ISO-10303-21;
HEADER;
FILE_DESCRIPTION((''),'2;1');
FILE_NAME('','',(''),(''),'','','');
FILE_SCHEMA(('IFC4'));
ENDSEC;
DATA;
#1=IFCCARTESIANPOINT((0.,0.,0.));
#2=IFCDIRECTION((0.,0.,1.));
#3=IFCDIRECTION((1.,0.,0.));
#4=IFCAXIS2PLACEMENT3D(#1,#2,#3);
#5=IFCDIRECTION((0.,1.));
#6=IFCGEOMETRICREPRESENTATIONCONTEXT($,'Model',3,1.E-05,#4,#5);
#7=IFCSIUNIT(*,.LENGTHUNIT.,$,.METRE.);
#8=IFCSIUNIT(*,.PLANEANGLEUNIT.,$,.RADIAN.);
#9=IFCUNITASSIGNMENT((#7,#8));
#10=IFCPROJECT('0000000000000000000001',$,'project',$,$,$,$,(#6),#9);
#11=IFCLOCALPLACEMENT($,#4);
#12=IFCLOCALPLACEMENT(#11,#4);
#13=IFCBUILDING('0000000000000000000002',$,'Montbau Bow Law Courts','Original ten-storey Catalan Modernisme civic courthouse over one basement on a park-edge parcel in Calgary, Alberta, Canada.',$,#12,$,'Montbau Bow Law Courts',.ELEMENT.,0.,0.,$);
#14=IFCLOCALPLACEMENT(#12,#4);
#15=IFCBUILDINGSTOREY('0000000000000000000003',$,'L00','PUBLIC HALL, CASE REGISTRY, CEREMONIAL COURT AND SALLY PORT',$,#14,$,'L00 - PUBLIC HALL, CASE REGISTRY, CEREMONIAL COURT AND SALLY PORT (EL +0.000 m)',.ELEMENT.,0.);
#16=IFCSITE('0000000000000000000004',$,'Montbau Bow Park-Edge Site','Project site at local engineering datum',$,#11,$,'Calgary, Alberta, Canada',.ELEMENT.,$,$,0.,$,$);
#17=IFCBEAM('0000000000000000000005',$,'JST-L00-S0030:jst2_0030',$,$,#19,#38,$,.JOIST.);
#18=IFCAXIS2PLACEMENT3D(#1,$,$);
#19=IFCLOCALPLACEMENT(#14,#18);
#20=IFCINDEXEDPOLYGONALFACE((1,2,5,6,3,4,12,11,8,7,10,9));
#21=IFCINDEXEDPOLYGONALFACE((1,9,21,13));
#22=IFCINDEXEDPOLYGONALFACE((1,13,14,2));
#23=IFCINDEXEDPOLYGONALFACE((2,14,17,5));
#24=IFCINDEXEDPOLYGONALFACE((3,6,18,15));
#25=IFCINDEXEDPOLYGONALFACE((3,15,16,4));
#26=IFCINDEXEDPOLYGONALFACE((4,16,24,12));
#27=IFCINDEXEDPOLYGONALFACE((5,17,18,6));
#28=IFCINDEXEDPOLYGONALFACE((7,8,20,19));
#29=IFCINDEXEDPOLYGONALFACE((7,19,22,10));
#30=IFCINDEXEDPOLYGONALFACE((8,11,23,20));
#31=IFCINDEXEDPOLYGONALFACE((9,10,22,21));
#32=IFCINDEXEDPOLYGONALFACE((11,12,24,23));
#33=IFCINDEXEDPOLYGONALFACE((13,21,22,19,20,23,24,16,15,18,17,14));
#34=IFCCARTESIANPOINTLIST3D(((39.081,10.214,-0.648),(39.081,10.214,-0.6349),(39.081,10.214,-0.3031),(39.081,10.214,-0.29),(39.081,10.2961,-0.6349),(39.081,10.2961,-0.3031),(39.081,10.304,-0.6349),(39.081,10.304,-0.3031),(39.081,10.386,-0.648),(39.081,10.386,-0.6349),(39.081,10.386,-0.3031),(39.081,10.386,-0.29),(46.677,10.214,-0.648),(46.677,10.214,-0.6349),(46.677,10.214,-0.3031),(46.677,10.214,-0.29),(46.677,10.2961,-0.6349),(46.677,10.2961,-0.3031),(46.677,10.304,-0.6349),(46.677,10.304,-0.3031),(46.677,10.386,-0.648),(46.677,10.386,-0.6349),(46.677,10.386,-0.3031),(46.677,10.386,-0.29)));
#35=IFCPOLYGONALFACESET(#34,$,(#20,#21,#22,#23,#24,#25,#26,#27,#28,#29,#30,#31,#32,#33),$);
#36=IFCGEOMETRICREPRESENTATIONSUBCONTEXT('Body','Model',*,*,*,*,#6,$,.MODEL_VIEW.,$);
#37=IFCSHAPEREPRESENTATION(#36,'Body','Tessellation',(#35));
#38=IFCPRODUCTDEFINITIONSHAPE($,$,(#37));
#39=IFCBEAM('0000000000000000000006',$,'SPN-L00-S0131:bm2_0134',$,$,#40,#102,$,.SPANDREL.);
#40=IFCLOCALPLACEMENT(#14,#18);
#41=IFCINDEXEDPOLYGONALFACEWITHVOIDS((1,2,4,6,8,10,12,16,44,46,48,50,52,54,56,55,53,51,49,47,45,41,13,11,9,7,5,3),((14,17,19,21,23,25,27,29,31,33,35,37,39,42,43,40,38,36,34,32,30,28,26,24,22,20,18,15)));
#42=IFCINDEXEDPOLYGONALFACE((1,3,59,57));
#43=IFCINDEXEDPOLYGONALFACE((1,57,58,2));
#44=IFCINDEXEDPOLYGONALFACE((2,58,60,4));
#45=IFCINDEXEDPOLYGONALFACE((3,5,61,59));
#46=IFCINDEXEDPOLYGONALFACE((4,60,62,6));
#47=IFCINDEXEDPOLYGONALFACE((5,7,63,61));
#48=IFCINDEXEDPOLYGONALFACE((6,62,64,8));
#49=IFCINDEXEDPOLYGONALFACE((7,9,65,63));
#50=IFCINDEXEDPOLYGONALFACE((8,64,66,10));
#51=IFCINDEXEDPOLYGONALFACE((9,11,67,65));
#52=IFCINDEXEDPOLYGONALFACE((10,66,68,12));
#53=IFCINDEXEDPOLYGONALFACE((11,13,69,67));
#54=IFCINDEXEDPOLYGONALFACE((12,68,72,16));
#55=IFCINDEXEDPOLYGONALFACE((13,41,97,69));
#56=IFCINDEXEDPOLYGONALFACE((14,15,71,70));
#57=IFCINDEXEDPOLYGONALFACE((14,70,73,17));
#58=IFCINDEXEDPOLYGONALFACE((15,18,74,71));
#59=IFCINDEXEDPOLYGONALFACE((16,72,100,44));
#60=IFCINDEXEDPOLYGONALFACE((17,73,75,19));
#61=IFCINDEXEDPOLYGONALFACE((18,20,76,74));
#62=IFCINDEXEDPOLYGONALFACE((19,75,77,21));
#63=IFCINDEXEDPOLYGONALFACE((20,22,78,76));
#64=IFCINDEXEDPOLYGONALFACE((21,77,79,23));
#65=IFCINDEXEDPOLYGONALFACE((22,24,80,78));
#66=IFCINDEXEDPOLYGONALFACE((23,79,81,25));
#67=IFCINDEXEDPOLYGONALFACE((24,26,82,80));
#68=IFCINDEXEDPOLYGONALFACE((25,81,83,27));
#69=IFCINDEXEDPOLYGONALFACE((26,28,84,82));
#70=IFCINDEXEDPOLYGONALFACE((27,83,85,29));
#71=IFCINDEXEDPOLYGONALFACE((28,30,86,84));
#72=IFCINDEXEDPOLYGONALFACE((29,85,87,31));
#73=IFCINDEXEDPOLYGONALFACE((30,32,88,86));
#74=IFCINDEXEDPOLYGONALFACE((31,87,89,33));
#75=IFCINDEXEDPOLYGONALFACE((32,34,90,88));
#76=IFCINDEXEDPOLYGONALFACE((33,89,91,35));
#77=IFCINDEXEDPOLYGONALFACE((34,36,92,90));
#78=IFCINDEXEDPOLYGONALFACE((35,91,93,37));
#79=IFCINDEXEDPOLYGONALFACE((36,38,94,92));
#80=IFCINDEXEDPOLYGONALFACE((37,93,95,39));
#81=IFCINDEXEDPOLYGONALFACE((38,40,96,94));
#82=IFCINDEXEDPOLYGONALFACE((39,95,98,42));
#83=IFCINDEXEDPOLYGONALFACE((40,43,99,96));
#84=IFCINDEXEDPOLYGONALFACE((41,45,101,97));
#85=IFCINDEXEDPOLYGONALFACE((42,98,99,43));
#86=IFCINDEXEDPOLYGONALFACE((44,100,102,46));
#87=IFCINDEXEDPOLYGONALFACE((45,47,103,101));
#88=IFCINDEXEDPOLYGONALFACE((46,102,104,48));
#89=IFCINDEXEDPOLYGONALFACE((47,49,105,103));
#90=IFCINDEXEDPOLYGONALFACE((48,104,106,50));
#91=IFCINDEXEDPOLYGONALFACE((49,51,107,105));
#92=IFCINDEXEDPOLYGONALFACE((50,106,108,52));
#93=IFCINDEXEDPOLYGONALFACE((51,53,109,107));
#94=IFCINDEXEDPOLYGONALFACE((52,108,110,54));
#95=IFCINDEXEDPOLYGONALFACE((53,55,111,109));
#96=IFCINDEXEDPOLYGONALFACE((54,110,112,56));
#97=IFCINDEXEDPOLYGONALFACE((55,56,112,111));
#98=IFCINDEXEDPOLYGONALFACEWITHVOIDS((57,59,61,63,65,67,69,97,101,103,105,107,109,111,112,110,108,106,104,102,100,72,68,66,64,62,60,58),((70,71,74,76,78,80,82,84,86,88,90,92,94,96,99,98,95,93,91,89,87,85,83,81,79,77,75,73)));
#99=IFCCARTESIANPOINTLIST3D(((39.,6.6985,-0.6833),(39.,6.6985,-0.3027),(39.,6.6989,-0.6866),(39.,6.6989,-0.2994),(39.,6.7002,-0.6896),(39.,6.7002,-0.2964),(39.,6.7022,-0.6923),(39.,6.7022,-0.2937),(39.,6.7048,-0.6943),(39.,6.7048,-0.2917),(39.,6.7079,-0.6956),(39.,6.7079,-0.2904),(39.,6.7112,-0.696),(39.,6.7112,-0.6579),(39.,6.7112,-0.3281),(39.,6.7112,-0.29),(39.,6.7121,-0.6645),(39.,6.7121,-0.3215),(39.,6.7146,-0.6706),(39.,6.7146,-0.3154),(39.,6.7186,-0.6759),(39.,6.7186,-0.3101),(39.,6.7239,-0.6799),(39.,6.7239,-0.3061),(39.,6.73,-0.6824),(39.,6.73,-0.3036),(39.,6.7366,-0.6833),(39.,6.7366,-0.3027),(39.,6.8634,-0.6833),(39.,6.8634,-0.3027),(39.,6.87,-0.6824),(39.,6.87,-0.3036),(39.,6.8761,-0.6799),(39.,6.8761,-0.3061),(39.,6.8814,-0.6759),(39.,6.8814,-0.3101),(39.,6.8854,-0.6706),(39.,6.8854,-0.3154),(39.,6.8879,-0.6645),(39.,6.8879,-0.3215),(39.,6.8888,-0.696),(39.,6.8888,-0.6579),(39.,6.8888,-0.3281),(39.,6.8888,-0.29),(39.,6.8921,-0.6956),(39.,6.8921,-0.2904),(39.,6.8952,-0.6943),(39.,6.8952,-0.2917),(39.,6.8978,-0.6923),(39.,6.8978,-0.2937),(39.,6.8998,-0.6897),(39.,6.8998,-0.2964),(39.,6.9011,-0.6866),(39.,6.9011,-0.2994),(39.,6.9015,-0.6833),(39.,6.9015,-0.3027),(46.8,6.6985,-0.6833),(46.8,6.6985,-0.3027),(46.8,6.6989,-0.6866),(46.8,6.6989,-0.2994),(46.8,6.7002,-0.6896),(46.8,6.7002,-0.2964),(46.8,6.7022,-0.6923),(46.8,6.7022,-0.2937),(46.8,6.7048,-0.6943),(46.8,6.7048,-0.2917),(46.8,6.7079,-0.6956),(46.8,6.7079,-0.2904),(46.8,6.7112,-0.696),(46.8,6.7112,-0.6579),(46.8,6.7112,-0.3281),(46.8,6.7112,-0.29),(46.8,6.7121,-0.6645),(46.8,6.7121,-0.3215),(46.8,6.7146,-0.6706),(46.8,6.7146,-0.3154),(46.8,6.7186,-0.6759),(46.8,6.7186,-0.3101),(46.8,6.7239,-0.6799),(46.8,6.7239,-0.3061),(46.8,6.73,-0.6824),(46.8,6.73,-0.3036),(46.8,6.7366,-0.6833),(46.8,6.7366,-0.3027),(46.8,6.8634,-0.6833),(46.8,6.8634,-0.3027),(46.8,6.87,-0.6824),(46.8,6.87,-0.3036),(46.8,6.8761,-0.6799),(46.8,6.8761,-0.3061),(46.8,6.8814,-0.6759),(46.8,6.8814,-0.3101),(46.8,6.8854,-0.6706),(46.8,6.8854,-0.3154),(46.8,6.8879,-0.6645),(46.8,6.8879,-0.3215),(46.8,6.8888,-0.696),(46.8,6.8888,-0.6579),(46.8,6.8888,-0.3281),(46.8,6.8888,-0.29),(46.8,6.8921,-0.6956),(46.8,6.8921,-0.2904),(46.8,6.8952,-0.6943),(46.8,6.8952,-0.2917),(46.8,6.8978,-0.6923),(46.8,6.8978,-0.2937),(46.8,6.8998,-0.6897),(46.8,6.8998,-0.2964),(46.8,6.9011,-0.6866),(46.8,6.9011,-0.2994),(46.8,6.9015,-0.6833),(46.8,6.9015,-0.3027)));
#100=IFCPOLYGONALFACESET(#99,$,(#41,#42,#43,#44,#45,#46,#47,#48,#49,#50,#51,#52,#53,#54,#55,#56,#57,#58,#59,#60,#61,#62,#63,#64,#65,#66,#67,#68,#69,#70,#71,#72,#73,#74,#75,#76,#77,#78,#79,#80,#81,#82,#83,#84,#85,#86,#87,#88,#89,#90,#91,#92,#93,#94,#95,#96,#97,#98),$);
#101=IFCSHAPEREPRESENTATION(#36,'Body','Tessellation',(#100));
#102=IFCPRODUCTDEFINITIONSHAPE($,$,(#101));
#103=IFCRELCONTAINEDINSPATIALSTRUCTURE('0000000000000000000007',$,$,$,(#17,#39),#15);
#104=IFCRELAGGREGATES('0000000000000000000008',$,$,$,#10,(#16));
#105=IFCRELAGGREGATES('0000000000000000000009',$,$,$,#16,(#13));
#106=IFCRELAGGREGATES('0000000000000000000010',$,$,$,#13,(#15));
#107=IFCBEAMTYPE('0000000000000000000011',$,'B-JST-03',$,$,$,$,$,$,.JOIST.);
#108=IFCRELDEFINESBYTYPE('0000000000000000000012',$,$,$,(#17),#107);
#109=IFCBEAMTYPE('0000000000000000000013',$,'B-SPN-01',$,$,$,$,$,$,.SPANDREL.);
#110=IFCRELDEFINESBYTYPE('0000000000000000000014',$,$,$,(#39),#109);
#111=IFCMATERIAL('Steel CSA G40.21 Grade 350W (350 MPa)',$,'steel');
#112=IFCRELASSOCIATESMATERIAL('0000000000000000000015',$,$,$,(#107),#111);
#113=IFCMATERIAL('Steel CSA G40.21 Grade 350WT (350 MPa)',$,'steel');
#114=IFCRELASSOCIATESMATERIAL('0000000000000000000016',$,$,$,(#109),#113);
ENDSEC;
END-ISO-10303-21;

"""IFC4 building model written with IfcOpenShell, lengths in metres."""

from ifc_helpers import new_model, si_unit, direction, frame, origin_with_axes, origin_2d_with_axis, place, context, subcontext, project, spatial, hollow_rectangle, i_section, extrude, material, material_profile, profile_set, type_object, element, save


model = new_model("IFC4")

# Units and contexts
model_context = context("Model", 3, precision=1e-05, world=origin_with_axes(), true_north=direction((0.0, 1.0)))
body_context = subcontext(model_context, "Body", "Model", "MODEL_VIEW")
ifc_project = project(units=[si_unit("LENGTHUNIT", "METRE"), si_unit("PLANEANGLEUNIT", "RADIAN")], contexts=[model_context])

# Site, building, storey
site_placement = place(None, origin_with_axes())
site = spatial("IfcSite", under=ifc_project, at=site_placement, Name="Montbau Bow Park-Edge Site", Description="Project site at local engineering datum", LongName="Calgary, Alberta, Canada", CompositionType="ELEMENT", RefElevation=0.0)
building_placement = place(site_placement, origin_with_axes())
building = spatial("IfcBuilding", under=site, at=building_placement, Name="Montbau Bow Law Courts", Description="Original ten-storey Catalan Modernisme civic courthouse over one basement on a park-edge parcel in Calgary, Alberta, Canada.", LongName="Montbau Bow Law Courts", CompositionType="ELEMENT", ElevationOfRefHeight=0.0, ElevationOfTerrain=0.0)
storey_placement = place(building_placement, origin_with_axes())
storey = spatial("IfcBuildingStorey", under=building, at=storey_placement, Name="L00", Description="PUBLIC HALL, CASE REGISTRY, CEREMONIAL COURT AND SALLY PORT", LongName="L00 - PUBLIC HALL, CASE REGISTRY, CEREMONIAL COURT AND SALLY PORT (EL +0.000 m)", CompositionType="ELEMENT", Elevation=0.0)

# Beams
ifc_material_1 = material(Name="Steel CSA G40.21 Grade 350W (350 MPa)", Category="steel")
ifc_material_profile_1 = material_profile(ifc_material_1, i_section(OverallWidth=0.172, OverallDepth=0.358, WebThickness=0.0079, FlangeThickness=0.0131, at=origin_2d_with_axis()), Name="W360X57", Category="Main", Priority=0)
ifc_profile_set_1 = profile_set([ifc_material_profile_1], Name="Steel CSA G40.21 Grade 350W (350 MPa)")
beam_type_1 = type_object("IfcBeamType", Name="B-JST-03", PredefinedType="JOIST", material=ifc_profile_set_1)
beam_1_placement = place(None, frame((39.081, 10.3, -0.469), z_axis=(1.0, 0.0, 0.0), x_axis=(0.0, 1.0, 0.0)))
element("IfcBeam", 1, at=beam_1_placement, inside=storey, type_object=beam_type_1, Name="JST-L00-S0030:jst2_0030", PredefinedType="JOIST", context=body_context, shape_type="SweptSolid", body=[
    extrude(i_section(OverallWidth=0.172, OverallDepth=0.358, WebThickness=0.0079, FlangeThickness=0.0131, at=origin_2d_with_axis()), origin_with_axes(), (0.0, 0.0, 1.0), 7.596),
])
ifc_material_2 = material(Name="Steel CSA G40.21 Grade 350WT (350 MPa)", Category="steel")
ifc_material_profile_2 = material_profile(ifc_material_2, hollow_rectangle(XDim=0.203, YDim=0.406, WallThickness=0.0127, InnerFilletRadius=0.0254, OuterFilletRadius=0.0127, at=origin_2d_with_axis()), Name="HSS406X203X13", Category="Main", Priority=0)
ifc_profile_set_2 = profile_set([ifc_material_profile_2], Name="Steel CSA G40.21 Grade 350WT (350 MPa)")
beam_type_2 = type_object("IfcBeamType", Name="B-SPN-01", PredefinedType="SPANDREL", material=ifc_profile_set_2)
beam_2_placement = place(None, frame((39.0, 6.8, -0.493), z_axis=(1.0, 0.0, 0.0), x_axis=(0.0, 1.0, 0.0)))
element("IfcBeam", 2, at=beam_2_placement, inside=storey, type_object=beam_type_2, Name="SPN-L00-S0131:bm2_0134", PredefinedType="SPANDREL", context=body_context, shape_type="SweptSolid", body=[
    extrude(hollow_rectangle(XDim=0.203, YDim=0.406, WallThickness=0.0127, InnerFilletRadius=0.0254, OuterFilletRadius=0.0127, at=origin_2d_with_axis()), origin_with_axes(), (0.0, 0.0, 1.0), 7.8),
])

save(model, "model.ifc")
